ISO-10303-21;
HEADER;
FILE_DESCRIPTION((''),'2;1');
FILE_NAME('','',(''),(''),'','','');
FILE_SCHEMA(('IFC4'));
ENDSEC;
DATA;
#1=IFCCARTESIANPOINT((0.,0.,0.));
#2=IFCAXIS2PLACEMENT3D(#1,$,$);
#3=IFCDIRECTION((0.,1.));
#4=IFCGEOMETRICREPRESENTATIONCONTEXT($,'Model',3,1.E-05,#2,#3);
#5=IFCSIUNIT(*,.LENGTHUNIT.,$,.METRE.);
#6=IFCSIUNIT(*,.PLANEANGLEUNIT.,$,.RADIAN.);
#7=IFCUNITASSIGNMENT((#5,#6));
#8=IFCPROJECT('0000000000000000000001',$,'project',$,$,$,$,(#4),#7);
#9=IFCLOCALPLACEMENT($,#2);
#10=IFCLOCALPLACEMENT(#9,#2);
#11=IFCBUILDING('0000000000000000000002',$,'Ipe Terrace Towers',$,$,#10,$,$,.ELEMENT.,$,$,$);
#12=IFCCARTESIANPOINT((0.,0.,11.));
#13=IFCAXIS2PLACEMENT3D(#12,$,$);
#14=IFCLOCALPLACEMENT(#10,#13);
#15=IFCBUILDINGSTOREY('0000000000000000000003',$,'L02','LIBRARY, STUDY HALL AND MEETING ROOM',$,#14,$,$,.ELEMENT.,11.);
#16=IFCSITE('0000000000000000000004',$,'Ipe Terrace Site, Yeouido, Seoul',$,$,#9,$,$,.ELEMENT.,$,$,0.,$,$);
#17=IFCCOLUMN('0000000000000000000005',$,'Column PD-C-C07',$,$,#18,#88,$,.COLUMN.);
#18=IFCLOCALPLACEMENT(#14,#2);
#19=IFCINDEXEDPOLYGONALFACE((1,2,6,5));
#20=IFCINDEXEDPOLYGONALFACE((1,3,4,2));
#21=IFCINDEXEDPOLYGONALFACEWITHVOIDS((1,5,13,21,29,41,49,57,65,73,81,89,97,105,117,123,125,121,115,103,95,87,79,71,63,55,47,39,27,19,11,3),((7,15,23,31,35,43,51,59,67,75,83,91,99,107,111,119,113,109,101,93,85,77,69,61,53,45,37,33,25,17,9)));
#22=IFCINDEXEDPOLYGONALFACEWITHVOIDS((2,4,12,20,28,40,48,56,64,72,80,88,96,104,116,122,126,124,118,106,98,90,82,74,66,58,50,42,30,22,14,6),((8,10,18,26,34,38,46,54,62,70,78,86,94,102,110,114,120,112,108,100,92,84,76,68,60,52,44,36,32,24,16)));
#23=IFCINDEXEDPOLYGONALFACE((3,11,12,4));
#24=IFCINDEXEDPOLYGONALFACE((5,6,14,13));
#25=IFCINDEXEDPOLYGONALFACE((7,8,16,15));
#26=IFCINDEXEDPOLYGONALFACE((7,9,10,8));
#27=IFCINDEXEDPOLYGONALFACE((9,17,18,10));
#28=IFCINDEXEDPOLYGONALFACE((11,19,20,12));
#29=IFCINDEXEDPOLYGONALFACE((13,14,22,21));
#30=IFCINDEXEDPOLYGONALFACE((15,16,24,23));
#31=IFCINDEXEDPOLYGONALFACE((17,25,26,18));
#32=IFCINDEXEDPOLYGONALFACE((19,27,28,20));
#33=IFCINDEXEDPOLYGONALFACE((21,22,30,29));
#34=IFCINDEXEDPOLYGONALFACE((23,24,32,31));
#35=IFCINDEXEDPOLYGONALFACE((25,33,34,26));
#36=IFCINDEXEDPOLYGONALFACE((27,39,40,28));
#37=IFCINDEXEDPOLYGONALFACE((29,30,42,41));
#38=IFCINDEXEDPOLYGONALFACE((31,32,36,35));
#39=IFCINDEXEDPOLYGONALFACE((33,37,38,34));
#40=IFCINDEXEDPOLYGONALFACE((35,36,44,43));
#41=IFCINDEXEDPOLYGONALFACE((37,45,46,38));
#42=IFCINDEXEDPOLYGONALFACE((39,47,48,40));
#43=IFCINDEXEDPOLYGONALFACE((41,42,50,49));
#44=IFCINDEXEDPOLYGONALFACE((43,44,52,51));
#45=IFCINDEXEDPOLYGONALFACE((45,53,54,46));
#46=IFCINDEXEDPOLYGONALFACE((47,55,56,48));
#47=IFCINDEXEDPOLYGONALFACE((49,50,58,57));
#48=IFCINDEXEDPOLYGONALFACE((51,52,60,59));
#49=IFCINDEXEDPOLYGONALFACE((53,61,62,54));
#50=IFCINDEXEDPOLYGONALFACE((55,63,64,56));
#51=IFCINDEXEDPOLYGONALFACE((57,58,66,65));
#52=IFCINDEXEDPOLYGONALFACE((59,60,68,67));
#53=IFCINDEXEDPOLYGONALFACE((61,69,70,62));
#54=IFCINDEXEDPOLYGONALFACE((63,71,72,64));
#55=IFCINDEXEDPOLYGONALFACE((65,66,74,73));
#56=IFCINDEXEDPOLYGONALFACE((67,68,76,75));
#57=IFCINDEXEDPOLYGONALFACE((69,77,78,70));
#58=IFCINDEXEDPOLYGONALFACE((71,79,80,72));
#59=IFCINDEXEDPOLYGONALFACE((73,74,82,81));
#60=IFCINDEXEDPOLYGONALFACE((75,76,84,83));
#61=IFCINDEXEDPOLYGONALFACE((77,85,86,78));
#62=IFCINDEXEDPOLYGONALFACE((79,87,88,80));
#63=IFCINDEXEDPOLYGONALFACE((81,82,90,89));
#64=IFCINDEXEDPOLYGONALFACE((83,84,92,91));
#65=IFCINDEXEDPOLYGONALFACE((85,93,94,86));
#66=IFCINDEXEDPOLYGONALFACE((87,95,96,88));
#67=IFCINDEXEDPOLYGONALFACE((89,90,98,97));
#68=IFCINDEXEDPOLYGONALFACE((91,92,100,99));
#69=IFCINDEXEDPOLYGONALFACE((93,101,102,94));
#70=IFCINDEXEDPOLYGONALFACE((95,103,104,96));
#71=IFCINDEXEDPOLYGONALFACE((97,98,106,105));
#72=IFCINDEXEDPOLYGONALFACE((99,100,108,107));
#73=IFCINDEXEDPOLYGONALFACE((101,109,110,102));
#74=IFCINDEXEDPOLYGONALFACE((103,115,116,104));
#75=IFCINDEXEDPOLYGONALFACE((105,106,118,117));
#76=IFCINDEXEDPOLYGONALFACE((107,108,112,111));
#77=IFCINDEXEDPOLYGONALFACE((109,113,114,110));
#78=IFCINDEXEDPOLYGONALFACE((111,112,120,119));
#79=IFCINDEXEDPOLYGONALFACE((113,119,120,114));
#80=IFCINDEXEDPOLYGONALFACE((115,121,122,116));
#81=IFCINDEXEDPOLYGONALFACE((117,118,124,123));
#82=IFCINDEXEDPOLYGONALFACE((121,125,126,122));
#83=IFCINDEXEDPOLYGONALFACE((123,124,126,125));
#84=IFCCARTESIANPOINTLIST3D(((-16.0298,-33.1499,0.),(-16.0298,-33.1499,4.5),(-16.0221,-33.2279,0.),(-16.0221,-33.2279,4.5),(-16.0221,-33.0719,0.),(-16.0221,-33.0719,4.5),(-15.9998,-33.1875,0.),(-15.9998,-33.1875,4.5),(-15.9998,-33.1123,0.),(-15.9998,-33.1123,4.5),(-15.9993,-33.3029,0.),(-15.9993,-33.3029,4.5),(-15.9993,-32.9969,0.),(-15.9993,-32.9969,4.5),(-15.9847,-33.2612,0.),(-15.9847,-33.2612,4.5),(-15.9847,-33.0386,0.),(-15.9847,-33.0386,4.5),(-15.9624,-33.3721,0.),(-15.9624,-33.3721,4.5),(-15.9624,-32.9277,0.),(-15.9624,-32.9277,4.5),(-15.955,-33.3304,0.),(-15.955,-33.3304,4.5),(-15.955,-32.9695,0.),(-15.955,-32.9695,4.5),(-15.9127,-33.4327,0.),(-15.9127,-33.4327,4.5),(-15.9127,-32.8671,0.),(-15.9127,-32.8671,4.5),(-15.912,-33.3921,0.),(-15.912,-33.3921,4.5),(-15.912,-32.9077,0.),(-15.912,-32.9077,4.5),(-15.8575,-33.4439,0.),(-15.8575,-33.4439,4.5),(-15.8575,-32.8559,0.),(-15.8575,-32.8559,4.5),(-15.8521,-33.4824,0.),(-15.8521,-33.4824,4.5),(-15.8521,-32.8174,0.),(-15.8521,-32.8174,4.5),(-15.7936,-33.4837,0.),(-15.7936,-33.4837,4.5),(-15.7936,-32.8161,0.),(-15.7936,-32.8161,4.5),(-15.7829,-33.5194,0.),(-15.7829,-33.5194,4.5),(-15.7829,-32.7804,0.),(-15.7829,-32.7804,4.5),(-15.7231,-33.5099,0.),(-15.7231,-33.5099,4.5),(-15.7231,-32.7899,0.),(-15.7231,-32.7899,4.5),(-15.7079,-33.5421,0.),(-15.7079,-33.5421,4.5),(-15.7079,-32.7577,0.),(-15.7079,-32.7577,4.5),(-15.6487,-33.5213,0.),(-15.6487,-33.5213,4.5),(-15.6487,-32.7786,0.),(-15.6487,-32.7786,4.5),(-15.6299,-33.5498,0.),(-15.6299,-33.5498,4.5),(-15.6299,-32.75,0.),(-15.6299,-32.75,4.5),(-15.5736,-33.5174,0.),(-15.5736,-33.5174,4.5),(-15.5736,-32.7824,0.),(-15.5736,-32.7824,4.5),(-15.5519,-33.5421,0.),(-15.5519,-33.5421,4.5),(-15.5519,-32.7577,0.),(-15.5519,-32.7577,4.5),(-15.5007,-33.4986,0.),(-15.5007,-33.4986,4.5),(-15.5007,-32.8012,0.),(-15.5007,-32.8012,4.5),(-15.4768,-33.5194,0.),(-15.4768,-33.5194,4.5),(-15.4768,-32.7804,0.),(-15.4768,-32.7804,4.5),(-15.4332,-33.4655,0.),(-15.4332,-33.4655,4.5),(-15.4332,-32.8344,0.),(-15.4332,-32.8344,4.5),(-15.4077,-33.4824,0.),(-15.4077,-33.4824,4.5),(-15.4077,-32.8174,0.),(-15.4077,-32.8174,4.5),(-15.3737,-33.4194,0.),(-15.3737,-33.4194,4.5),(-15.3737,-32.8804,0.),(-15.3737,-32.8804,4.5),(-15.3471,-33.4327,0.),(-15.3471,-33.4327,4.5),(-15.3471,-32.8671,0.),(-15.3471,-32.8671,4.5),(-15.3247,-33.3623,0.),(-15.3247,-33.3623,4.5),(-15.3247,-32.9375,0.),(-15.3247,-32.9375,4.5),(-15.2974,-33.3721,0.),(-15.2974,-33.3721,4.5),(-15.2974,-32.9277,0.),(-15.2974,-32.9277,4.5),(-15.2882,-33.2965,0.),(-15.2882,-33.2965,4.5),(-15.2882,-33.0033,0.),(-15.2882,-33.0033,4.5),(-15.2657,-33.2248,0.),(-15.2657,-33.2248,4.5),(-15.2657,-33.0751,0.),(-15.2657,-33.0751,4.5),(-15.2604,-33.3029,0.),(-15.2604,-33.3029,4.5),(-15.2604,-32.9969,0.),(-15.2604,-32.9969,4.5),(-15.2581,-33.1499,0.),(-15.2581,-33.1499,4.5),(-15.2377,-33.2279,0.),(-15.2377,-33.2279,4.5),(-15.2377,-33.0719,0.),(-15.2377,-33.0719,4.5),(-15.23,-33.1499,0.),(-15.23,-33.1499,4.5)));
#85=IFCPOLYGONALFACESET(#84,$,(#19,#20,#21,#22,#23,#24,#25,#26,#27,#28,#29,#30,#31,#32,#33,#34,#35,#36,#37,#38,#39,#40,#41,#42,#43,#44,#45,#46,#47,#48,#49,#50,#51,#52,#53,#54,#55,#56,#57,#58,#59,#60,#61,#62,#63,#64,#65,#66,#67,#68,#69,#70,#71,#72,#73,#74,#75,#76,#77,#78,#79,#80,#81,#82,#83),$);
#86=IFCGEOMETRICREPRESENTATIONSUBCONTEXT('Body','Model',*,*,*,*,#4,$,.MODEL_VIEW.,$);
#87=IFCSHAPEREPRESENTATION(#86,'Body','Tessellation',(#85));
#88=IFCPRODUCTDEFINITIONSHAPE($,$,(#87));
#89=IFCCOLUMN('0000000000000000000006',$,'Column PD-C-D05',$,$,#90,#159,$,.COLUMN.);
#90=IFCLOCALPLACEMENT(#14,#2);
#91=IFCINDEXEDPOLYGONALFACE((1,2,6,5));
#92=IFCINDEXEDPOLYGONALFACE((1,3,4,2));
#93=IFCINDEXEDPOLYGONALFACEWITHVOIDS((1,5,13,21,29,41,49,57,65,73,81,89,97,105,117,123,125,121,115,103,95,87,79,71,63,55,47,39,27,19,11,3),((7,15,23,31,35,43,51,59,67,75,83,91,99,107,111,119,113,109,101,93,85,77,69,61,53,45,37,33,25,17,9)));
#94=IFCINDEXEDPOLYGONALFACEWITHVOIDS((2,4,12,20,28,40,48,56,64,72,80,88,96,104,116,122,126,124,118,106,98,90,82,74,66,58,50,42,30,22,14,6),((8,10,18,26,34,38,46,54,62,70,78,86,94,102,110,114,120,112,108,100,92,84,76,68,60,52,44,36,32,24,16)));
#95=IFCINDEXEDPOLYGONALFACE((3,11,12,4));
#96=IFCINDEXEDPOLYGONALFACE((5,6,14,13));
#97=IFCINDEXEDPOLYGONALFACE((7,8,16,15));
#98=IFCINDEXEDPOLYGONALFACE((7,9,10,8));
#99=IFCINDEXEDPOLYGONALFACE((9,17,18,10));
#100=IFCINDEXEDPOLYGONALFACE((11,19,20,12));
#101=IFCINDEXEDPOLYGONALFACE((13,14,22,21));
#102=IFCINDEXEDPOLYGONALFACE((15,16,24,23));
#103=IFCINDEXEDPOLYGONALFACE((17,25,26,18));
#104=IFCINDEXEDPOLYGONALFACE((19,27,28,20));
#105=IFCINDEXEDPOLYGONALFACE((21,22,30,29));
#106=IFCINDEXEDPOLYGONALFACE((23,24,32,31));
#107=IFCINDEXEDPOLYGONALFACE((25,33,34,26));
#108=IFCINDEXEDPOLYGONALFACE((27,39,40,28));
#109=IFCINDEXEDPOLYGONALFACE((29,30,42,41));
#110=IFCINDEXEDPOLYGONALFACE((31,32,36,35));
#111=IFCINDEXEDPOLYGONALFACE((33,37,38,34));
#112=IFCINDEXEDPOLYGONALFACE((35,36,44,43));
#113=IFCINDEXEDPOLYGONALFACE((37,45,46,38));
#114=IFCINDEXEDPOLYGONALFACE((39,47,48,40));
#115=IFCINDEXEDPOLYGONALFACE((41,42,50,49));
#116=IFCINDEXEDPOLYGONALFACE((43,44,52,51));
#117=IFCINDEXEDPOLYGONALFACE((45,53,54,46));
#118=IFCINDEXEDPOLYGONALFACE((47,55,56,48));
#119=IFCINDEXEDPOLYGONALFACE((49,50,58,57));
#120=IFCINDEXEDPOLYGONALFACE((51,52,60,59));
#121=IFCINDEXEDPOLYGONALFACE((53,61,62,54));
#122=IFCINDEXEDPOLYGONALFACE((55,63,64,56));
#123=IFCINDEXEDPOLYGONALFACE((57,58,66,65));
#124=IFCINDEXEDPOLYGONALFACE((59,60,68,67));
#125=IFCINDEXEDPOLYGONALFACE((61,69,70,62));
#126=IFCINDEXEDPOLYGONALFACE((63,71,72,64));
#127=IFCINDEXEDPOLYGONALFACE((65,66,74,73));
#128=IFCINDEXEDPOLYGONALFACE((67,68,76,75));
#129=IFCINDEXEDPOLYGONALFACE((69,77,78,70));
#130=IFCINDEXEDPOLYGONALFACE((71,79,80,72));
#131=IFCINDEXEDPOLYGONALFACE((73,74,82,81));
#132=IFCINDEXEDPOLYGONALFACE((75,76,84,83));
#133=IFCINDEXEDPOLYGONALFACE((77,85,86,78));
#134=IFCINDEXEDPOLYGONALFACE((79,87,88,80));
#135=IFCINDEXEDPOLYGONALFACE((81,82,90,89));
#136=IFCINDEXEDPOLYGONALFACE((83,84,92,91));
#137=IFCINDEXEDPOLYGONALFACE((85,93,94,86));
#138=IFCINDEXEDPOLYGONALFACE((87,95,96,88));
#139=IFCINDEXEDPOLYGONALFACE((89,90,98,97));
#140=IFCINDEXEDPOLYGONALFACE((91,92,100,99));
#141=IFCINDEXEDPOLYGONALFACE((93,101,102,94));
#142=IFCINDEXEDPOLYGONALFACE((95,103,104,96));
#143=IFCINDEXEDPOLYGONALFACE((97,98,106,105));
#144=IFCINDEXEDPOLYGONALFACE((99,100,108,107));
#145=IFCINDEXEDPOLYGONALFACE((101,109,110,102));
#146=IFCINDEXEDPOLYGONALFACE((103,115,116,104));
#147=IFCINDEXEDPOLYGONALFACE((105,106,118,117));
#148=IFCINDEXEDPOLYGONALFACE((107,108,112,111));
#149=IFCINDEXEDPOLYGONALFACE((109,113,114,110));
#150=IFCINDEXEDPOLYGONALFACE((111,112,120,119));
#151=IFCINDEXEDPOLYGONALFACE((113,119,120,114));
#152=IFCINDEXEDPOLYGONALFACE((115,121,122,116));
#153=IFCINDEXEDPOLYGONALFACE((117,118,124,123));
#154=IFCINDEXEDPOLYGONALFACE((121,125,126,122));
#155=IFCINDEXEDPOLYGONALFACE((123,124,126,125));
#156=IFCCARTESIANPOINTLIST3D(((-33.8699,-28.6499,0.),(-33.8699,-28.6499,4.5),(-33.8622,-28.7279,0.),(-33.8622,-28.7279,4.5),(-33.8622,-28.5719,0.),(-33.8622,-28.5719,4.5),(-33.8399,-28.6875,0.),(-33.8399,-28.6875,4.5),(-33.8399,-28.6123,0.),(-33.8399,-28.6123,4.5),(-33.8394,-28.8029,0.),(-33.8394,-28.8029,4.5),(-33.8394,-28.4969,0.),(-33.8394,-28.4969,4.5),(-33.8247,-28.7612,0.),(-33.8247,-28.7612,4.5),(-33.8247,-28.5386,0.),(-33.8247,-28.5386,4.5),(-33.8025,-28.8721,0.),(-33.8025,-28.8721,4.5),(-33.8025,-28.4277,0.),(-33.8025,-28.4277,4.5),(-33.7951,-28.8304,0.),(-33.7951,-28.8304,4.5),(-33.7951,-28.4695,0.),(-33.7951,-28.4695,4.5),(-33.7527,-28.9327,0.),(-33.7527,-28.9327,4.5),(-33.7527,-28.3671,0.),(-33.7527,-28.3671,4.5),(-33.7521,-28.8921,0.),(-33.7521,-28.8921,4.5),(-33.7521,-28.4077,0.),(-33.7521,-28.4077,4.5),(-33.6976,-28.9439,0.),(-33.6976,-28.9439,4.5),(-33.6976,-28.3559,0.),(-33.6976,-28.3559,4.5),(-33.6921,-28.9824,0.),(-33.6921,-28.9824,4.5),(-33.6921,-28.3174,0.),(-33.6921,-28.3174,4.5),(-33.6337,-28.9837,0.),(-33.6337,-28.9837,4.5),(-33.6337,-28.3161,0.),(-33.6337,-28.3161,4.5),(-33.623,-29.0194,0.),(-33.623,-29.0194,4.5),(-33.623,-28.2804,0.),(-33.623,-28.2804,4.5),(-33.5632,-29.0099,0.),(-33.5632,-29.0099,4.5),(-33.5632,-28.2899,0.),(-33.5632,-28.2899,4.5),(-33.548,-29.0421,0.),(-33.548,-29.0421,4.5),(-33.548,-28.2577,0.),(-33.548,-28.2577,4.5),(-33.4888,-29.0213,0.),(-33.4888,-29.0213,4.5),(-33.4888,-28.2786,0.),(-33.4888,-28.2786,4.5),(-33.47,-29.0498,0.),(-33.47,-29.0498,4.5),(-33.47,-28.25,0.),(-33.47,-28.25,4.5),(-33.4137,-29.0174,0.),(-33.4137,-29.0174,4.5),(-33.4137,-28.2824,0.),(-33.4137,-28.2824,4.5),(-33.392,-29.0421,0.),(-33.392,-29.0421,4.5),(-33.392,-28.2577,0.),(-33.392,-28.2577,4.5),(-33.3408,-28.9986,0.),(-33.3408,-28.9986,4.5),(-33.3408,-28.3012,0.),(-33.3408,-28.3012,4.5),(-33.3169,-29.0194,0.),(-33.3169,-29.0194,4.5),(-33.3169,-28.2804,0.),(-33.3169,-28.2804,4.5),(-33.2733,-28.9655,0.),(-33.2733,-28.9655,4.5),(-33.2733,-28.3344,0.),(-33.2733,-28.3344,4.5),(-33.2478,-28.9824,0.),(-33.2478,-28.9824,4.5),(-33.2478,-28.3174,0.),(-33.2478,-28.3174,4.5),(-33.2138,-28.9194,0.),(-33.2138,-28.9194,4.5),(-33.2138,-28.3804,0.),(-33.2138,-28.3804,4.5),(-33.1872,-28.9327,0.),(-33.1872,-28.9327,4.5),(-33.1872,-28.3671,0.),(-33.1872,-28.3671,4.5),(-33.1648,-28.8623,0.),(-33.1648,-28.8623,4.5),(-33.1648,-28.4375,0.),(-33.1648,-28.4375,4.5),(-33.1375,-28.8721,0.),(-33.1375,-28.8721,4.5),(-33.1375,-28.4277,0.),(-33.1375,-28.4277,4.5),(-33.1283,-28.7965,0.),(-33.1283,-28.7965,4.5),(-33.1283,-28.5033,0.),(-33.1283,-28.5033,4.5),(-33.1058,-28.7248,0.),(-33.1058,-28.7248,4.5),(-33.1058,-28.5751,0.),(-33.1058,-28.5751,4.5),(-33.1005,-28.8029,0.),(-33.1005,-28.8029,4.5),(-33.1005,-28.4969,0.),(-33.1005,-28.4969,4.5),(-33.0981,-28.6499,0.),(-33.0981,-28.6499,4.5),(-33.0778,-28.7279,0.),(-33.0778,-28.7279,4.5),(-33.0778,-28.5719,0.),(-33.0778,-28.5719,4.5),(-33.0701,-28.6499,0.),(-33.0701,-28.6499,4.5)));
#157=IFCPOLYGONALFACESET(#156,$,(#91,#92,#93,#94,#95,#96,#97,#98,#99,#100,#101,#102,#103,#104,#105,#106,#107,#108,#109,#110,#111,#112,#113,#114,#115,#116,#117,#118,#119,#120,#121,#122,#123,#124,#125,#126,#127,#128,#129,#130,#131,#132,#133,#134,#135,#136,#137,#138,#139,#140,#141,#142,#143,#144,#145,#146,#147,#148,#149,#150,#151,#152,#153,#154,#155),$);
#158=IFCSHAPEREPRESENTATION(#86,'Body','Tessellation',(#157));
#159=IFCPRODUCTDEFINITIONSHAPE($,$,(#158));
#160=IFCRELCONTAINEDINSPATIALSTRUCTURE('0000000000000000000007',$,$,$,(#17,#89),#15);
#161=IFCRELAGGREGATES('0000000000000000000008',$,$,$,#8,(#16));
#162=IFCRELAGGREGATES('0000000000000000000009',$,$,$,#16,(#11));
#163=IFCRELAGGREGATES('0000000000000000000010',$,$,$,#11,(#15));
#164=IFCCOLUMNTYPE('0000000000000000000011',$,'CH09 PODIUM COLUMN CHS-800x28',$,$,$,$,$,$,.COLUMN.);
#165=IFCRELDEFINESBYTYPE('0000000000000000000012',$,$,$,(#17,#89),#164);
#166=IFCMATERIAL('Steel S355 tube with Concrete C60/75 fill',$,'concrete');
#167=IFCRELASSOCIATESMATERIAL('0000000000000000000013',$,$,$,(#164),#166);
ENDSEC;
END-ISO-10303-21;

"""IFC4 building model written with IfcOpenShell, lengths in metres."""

from ifc_helpers import new_model, si_unit, direction, frame, origin, origin_2d, place, context, subcontext, project, spatial, hollow_circle, extrude, material, material_profile, profile_set, type_object, element, save


model = new_model("IFC4")

# Units and contexts
model_context = context("Model", 3, precision=1e-05, world=origin(), true_north=direction((0.0, 1.0)))
body_context = subcontext(model_context, "Body", "Model", "MODEL_VIEW")
ifc_project = project(units=[si_unit("LENGTHUNIT", "METRE"), si_unit("PLANEANGLEUNIT", "RADIAN")], contexts=[model_context])

# Site, building, storey
site_placement = place(None, origin())
site = spatial("IfcSite", under=ifc_project, at=site_placement, Name="Ipe Terrace Site, Yeouido, Seoul", CompositionType="ELEMENT", RefElevation=0.0)
building_placement = place(site_placement, origin())
building = spatial("IfcBuilding", under=site, at=building_placement, Name="Ipe Terrace Towers", CompositionType="ELEMENT")
storey_placement = place(building_placement, frame((0.0, 0.0, 11.0)))
storey = spatial("IfcBuildingStorey", under=building, at=storey_placement, Name="L02", Description="LIBRARY, STUDY HALL AND MEETING ROOM", CompositionType="ELEMENT", Elevation=11.0)

# Columns
ifc_material_1 = material(Name="Steel S355 tube with Concrete C60/75 fill", Category="concrete")
ifc_material_profile_1 = material_profile(ifc_material_1, hollow_circle(Radius=0.3999, WallThickness=0.0281, at=origin_2d()), Name="CHS-800x28")
ifc_profile_set_1 = profile_set([ifc_material_profile_1], Name="Steel S355 tube with Concrete C60/75 fill")
column_type = type_object("IfcColumnType", Name="CH09 PODIUM COLUMN CHS-800x28", PredefinedType="COLUMN", material=ifc_profile_set_1)
for number, where, z_axis, x_axis, name in (
    (1, (-15.6299, -33.1499, 0.0), (0.0, 0.0, 1.0), (1.0, 0.0, 0.0), "Column PD-C-C07"),
    (2, (-33.47, -28.6499, 0.0), (0.0, 0.0, 1.0), (1.0, 0.0, 0.0), "Column PD-C-D05"),
):
    element("IfcColumn", number, at=place(storey_placement, frame(where, z_axis=z_axis, x_axis=x_axis)), inside=storey, type_object=column_type, Name=name, PredefinedType="COLUMN", context=body_context, shape_type="SweptSolid", body=[
        extrude(hollow_circle(Radius=0.3999, WallThickness=0.0281, at=origin_2d()), origin(), (0.0, 0.0, 1.0), 4.5),
    ])

save(model, "model.ifc")
